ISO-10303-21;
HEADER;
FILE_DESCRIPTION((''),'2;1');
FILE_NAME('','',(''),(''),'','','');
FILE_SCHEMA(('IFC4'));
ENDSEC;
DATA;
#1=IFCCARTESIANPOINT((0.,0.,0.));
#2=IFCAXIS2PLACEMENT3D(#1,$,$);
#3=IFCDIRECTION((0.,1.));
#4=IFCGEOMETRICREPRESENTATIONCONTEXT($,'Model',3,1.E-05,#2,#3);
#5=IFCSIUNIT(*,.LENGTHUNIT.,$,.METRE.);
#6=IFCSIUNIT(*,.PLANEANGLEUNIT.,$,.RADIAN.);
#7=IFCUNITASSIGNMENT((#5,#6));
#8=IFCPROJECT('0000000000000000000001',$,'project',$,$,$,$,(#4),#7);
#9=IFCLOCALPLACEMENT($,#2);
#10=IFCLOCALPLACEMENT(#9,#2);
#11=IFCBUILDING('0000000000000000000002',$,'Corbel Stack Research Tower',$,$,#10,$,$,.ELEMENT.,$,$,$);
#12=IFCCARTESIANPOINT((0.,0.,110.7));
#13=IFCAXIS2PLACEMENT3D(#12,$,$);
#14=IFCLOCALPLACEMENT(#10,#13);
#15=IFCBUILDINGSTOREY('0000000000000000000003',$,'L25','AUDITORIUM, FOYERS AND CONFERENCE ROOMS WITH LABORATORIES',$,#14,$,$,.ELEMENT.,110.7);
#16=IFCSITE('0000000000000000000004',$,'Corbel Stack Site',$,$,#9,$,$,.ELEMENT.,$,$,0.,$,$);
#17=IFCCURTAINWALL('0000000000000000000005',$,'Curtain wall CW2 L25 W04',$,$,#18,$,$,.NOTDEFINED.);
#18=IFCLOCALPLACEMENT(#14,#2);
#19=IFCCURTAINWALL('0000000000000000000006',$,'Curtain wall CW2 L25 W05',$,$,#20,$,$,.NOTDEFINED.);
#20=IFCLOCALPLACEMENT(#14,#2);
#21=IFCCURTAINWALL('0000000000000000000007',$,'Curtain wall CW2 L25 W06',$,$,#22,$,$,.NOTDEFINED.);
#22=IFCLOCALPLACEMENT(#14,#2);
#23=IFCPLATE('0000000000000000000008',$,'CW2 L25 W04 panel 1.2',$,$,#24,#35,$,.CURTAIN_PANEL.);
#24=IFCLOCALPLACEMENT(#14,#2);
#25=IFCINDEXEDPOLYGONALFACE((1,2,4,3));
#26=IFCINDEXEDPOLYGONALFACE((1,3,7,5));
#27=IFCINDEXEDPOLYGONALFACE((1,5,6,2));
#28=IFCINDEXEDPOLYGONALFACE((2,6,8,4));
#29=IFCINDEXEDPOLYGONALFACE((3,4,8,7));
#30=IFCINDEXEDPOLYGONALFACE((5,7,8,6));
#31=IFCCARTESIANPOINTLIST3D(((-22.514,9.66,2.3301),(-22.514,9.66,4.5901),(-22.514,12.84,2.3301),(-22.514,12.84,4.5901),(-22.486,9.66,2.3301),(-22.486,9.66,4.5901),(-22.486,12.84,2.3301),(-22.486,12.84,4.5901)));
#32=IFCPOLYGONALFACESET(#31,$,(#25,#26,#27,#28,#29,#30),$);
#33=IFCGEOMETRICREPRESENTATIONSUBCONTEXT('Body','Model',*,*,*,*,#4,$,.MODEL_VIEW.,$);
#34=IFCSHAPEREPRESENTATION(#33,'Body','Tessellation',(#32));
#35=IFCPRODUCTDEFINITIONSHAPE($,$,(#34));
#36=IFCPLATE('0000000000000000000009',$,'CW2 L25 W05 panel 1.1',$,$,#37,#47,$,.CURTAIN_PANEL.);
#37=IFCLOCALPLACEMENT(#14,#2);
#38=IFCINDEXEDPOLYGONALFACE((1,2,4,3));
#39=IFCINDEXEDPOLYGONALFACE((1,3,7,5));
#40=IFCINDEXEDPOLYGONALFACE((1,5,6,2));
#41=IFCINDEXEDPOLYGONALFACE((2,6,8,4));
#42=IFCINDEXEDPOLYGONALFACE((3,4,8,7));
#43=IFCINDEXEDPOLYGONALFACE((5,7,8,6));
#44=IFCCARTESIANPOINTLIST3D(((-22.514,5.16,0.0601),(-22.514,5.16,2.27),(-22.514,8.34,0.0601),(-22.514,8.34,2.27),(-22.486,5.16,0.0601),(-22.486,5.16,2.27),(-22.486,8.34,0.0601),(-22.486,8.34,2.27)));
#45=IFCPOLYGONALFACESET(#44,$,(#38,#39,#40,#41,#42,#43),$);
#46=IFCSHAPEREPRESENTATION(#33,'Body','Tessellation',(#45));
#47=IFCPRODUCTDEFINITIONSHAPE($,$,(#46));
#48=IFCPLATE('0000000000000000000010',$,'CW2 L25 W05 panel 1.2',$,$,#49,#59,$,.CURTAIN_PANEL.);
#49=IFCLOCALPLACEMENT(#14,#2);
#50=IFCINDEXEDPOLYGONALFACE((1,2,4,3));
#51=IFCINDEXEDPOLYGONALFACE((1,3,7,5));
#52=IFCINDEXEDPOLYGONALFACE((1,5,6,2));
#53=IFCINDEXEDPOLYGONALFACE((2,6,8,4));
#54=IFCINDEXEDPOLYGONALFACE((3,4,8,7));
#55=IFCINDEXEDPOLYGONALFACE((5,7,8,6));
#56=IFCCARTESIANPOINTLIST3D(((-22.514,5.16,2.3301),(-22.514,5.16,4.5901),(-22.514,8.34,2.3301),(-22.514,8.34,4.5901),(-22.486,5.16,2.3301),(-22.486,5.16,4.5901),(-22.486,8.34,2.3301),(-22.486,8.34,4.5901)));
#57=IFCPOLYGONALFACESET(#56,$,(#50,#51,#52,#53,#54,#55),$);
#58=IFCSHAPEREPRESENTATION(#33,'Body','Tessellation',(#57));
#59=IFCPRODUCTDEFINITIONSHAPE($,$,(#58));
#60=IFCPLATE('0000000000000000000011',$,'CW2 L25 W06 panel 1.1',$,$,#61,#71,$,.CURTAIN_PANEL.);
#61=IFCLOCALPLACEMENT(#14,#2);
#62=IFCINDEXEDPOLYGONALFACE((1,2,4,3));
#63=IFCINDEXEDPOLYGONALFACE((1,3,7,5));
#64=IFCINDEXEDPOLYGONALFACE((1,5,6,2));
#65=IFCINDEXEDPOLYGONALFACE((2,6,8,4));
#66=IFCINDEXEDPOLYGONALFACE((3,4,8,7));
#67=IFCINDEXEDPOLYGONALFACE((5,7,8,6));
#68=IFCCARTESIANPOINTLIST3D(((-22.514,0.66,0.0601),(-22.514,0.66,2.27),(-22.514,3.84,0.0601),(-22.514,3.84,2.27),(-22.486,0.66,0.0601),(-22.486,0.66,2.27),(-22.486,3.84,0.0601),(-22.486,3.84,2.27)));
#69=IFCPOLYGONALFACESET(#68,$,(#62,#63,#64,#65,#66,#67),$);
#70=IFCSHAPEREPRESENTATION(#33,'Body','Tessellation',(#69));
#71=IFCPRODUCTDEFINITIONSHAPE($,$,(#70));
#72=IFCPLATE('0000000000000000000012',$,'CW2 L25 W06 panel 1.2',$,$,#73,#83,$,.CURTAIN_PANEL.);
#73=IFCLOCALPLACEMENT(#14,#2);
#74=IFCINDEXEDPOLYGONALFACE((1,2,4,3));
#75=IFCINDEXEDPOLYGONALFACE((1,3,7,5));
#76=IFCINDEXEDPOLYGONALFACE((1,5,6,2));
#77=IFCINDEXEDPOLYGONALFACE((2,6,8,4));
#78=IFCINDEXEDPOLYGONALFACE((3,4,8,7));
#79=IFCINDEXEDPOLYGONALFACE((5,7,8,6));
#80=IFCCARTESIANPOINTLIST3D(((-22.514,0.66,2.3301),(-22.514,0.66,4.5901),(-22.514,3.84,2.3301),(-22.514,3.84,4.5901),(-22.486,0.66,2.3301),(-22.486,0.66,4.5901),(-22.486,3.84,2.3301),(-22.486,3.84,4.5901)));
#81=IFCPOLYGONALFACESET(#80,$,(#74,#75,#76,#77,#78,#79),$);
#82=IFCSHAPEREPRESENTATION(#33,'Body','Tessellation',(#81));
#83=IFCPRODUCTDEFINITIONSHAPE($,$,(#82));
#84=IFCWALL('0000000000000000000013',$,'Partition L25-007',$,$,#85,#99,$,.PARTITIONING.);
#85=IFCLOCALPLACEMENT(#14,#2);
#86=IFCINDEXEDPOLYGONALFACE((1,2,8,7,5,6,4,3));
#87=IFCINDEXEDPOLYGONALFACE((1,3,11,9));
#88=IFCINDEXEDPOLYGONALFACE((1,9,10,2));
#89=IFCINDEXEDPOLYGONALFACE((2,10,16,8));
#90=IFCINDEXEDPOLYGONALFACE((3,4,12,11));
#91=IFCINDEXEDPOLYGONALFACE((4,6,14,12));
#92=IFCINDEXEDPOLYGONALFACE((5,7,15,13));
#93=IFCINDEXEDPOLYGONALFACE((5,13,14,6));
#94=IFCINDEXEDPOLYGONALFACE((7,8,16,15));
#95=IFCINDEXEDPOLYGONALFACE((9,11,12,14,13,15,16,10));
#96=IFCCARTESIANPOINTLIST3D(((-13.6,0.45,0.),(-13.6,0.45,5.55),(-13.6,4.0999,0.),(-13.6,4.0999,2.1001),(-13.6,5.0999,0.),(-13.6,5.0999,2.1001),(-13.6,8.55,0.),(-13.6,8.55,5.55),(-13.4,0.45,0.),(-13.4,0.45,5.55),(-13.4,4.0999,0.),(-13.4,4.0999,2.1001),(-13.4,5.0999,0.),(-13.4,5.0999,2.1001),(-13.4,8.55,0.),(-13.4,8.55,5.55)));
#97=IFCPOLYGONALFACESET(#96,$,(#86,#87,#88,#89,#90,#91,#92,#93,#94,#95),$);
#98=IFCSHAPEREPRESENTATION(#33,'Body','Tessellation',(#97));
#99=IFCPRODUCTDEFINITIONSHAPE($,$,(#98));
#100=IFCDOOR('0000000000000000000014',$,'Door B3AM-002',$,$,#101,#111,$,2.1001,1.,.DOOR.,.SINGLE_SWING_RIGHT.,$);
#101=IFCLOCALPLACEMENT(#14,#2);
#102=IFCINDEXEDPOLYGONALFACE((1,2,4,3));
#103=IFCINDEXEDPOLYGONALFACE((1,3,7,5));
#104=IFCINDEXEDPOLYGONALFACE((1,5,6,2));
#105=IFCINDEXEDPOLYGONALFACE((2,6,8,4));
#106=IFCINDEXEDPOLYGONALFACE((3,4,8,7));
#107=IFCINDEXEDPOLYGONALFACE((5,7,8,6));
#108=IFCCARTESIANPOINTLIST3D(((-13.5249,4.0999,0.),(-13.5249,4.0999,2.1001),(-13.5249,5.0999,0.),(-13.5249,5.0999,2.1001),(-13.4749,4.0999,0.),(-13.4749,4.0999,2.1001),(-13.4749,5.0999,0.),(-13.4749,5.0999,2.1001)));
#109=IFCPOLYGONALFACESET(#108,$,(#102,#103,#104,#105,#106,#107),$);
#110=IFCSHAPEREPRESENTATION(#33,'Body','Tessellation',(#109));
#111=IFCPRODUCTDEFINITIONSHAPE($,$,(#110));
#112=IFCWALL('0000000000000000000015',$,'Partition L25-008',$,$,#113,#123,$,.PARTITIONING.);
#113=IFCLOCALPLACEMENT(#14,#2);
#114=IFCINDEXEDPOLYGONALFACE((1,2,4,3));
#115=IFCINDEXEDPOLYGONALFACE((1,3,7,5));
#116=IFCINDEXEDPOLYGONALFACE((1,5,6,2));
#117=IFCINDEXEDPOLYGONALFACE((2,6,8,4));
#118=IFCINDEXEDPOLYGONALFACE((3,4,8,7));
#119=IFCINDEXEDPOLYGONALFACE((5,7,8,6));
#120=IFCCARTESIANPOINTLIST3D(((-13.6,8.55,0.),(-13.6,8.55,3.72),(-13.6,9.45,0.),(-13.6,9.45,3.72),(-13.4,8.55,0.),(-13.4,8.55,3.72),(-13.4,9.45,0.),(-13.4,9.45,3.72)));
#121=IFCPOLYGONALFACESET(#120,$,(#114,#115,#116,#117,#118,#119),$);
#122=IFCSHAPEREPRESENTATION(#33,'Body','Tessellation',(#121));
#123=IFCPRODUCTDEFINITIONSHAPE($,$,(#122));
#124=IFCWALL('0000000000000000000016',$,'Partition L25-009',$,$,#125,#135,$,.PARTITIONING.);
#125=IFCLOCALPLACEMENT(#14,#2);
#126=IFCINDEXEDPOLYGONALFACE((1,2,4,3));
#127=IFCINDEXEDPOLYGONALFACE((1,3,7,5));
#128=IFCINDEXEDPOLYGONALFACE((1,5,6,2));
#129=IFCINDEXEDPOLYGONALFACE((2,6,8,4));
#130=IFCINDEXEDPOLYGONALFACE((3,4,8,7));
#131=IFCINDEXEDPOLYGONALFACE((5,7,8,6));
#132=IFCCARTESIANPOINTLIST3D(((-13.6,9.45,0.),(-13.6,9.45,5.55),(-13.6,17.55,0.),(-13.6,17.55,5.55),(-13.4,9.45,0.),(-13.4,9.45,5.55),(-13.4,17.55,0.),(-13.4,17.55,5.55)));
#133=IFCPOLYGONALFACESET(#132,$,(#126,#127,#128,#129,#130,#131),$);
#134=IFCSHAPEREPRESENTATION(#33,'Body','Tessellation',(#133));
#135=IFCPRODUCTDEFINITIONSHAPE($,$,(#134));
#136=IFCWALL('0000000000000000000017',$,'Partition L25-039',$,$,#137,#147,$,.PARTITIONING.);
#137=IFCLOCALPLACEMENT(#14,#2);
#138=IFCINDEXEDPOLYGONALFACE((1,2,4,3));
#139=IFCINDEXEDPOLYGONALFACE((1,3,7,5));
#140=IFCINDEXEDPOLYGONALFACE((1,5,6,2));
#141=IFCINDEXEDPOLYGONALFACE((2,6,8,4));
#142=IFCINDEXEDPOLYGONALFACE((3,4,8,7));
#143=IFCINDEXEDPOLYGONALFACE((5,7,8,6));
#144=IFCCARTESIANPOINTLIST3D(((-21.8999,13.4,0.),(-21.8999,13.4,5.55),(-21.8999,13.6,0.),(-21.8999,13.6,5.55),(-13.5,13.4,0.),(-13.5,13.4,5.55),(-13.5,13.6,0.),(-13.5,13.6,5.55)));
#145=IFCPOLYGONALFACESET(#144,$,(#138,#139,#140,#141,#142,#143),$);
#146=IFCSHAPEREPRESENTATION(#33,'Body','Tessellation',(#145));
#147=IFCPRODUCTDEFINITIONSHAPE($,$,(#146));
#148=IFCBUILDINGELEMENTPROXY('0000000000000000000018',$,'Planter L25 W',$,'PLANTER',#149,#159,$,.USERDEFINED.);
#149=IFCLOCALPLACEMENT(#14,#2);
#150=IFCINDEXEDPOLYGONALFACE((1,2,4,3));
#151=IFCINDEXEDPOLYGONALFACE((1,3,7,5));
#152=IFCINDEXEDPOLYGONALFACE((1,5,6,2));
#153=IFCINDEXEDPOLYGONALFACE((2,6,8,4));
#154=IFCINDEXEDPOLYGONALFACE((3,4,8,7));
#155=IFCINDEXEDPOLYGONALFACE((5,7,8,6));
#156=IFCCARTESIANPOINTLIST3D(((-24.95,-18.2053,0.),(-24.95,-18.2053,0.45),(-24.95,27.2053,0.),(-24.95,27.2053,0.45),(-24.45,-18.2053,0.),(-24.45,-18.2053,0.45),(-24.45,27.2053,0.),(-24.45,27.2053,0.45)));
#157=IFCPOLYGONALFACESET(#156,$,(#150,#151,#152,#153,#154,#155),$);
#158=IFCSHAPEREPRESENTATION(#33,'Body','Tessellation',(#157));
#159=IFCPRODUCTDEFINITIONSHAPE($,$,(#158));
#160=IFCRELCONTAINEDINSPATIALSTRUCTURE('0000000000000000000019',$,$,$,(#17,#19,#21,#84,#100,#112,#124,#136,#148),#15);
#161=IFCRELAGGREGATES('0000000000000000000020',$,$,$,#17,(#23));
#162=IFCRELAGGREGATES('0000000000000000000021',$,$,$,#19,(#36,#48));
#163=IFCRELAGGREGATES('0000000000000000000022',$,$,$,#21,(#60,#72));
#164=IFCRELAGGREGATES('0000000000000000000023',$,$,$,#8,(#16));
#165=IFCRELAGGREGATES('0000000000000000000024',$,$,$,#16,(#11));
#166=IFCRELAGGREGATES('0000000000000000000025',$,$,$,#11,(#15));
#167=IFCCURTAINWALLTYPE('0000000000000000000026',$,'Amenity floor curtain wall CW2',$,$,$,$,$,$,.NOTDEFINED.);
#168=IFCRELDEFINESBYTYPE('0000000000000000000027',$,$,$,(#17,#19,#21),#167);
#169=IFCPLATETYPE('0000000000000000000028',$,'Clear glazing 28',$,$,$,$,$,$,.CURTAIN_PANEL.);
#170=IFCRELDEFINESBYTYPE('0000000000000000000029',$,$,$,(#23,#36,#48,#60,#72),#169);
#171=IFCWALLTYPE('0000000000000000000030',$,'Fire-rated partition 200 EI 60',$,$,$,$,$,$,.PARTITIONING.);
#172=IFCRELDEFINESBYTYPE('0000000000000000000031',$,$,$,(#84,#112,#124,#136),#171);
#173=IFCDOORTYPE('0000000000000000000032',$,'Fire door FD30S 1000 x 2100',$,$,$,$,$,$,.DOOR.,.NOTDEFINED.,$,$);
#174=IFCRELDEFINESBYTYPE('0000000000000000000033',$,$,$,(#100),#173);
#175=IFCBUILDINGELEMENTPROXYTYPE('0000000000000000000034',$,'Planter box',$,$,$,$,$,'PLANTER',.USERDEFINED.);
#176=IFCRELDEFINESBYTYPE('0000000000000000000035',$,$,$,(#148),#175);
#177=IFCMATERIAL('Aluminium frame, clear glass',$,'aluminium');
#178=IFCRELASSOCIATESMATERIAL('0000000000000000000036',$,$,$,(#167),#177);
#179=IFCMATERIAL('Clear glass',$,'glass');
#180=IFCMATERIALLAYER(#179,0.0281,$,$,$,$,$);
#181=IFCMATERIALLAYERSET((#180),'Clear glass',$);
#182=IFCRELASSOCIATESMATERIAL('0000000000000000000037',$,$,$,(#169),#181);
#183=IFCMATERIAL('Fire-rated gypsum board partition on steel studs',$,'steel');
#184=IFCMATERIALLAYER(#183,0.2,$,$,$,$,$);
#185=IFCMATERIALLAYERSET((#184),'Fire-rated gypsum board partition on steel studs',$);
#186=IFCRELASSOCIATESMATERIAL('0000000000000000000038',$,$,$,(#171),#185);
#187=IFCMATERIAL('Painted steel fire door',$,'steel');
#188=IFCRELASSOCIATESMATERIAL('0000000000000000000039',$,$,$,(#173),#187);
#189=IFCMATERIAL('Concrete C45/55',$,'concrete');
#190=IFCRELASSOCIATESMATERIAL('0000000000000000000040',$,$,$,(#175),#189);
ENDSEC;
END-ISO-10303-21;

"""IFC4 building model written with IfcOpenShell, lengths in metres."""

from ifc_helpers import new_model, si_unit, direction, frame, frame_2d, origin, origin_2d, place, context, subcontext, project, spatial, rectangle, extrude, material, layer, layer_set, type_object, element, fill, aggregate, save


model = new_model("IFC4")

# Units and contexts
model_context = context("Model", 3, precision=1e-05, world=origin(), true_north=direction((0.0, 1.0)))
body_context = subcontext(model_context, "Body", "Model", "MODEL_VIEW")
ifc_project = project(units=[si_unit("LENGTHUNIT", "METRE"), si_unit("PLANEANGLEUNIT", "RADIAN")], contexts=[model_context])

# Site, building, storey
site_placement = place(None, origin())
site = spatial("IfcSite", under=ifc_project, at=site_placement, Name="Corbel Stack Site", CompositionType="ELEMENT", RefElevation=0.0)
building_placement = place(site_placement, origin())
building = spatial("IfcBuilding", under=site, at=building_placement, Name="Corbel Stack Research Tower", CompositionType="ELEMENT")
storey_placement = place(building_placement, frame((0.0, 0.0, 110.7)))
storey = spatial("IfcBuildingStorey", under=building, at=storey_placement, Name="L25", Description="AUDITORIUM, FOYERS AND CONFERENCE ROOMS WITH LABORATORIES", CompositionType="ELEMENT", Elevation=110.7)

# Shared definitions
ifc_material_1 = material(Name="Aluminium frame, clear glass", Category="aluminium")
curtain_wall_type = type_object("IfcCurtainWallType", Name="Amenity floor curtain wall CW2", PredefinedType="NOTDEFINED", material=ifc_material_1)

# Curtain walls
curtain_wall_1_placement = place(storey_placement, origin())
curtain_wall_1 = element("IfcCurtainWall", 1, at=curtain_wall_1_placement, inside=storey, type_object=curtain_wall_type, Name="Curtain wall CW2 L25 W04", PredefinedType="NOTDEFINED")
curtain_wall_2_placement = place(storey_placement, origin())
curtain_wall_2 = element("IfcCurtainWall", 2, at=curtain_wall_2_placement, inside=storey, type_object=curtain_wall_type, Name="Curtain wall CW2 L25 W05", PredefinedType="NOTDEFINED")
curtain_wall_3_placement = place(storey_placement, origin())
curtain_wall_3 = element("IfcCurtainWall", 3, at=curtain_wall_3_placement, inside=storey, type_object=curtain_wall_type, Name="Curtain wall CW2 L25 W06", PredefinedType="NOTDEFINED")

# Plates
ifc_material_2 = material(Name="Clear glass", Category="glass")
ifc_layer_1 = layer(ifc_material_2, 0.0281)
ifc_layer_set_1 = layer_set([ifc_layer_1], Name="Clear glass")
plate_type = type_object("IfcPlateType", Name="Clear glazing 28", PredefinedType="CURTAIN_PANEL", material=ifc_layer_set_1)
plate_1_placement = place(storey_placement, frame((-22.5, 11.25, 2.3301), z_axis=(0.0, 0.0, 1.0), x_axis=(0.0, -1.0, 0.0)))
plate_1 = element("IfcPlate", 4, at=plate_1_placement, type_object=plate_type, Name="CW2 L25 W04 panel 1.2", PredefinedType="CURTAIN_PANEL", context=body_context, shape_type="SweptSolid", body=[
    extrude(rectangle(XDim=3.1799, YDim=0.0281, at=origin_2d()), origin(), (0.0, 0.0, 1.0), 2.26),
])
aggregate(curtain_wall_1, [plate_1])
plate_2_placement = place(storey_placement, frame((-22.5, 6.75, 0.0601), z_axis=(0.0, 0.0, 1.0), x_axis=(0.0, -1.0, 0.0)))
plate_2 = element("IfcPlate", 5, at=plate_2_placement, type_object=plate_type, Name="CW2 L25 W05 panel 1.1", PredefinedType="CURTAIN_PANEL", context=body_context, shape_type="SweptSolid", body=[
    extrude(rectangle(XDim=3.1799, YDim=0.0281, at=origin_2d()), origin(), (0.0, 0.0, 1.0), 2.21),
])
plate_3_placement = place(storey_placement, frame((-22.5, 6.75, 2.3301), z_axis=(0.0, 0.0, 1.0), x_axis=(0.0, -1.0, 0.0)))
plate_3 = element("IfcPlate", 6, at=plate_3_placement, type_object=plate_type, Name="CW2 L25 W05 panel 1.2", PredefinedType="CURTAIN_PANEL", context=body_context, shape_type="SweptSolid", body=[
    extrude(rectangle(XDim=3.1799, YDim=0.0281, at=origin_2d()), origin(), (0.0, 0.0, 1.0), 2.26),
])
aggregate(curtain_wall_2, [plate_2, plate_3])
plate_4_placement = place(storey_placement, frame((-22.5, 2.25, 0.0601), z_axis=(0.0, 0.0, 1.0), x_axis=(0.0, -1.0, 0.0)))
plate_4 = element("IfcPlate", 7, at=plate_4_placement, type_object=plate_type, Name="CW2 L25 W06 panel 1.1", PredefinedType="CURTAIN_PANEL", context=body_context, shape_type="SweptSolid", body=[
    extrude(rectangle(XDim=3.1799, YDim=0.0281, at=origin_2d()), origin(), (0.0, 0.0, 1.0), 2.21),
])
plate_5_placement = place(storey_placement, frame((-22.5, 2.25, 2.3301), z_axis=(0.0, 0.0, 1.0), x_axis=(0.0, -1.0, 0.0)))
plate_5 = element("IfcPlate", 8, at=plate_5_placement, type_object=plate_type, Name="CW2 L25 W06 panel 1.2", PredefinedType="CURTAIN_PANEL", context=body_context, shape_type="SweptSolid", body=[
    extrude(rectangle(XDim=3.1799, YDim=0.0281, at=origin_2d()), origin(), (0.0, 0.0, 1.0), 2.26),
])
aggregate(curtain_wall_3, [plate_4, plate_5])

# Wall, opening, door
ifc_material_3 = material(Name="Fire-rated gypsum board partition on steel studs", Category="steel")
ifc_layer_2 = layer(ifc_material_3, 0.2)
ifc_layer_set_2 = layer_set([ifc_layer_2], Name="Fire-rated gypsum board partition on steel studs")
wall_type = type_object("IfcWallType", Name="Fire-rated partition 200 EI 60", PredefinedType="PARTITIONING", material=ifc_layer_set_2)
wall_1_placement = place(storey_placement, frame((-13.5, 0.45, 0.0), z_axis=(0.0, 0.0, 1.0), x_axis=(0.0, 1.0, 0.0)))
wall_1 = element("IfcWall", 9, at=wall_1_placement, inside=storey, type_object=wall_type, Name="Partition L25-007", PredefinedType="PARTITIONING", context=body_context, shape_type="SweptSolid", body=[
    extrude(rectangle(XDim=8.1001, YDim=0.2, at=frame_2d((4.05, 0.0))), origin(), (0.0, 0.0, 1.0), 5.55),
])
opening_placement = place(wall_1_placement, frame((3.6499, 0.0, 0.0)))
opening = element("IfcOpeningElement", 10, at=opening_placement, cuts=wall_1, PredefinedType="OPENING", context=body_context, shape_type="SweptSolid", body=[
    extrude(rectangle(XDim=1.0, YDim=2.1001, at=frame_2d((0.5, 1.05))), frame((0.0, 0.1099, 0.0), z_axis=(0.0, -1.0, 0.0), x_axis=(1.0, 0.0, 0.0)), (0.0, 0.0, 1.0), 0.22),
])
ifc_material_4 = material(Name="Painted steel fire door", Category="steel")
door_type = type_object("IfcDoorType", Name="Fire door FD30S 1000 x 2100", OperationType="NOTDEFINED", PredefinedType="DOOR", material=ifc_material_4)
door_placement = place(opening_placement, origin())
door = element("IfcDoor", 11, at=door_placement, inside=storey, type_object=door_type, Name="Door B3AM-002", OperationType="SINGLE_SWING_RIGHT", OverallHeight=2.1001, OverallWidth=1.0, PredefinedType="DOOR", context=body_context, shape_type="SweptSolid", body=[
    extrude(rectangle(XDim=1.0, YDim=2.1001, at=frame_2d((0.5, 1.05))), frame((0.0, 0.0249, 0.0), z_axis=(0.0, -1.0, 0.0), x_axis=(1.0, 0.0, 0.0)), (0.0, 0.0, 1.0), 0.05),
])
fill(opening, door)

# Walls
wall_2_placement = place(storey_placement, frame((-13.5, 8.55, 0.0), z_axis=(0.0, 0.0, 1.0), x_axis=(0.0, 1.0, 0.0)))
element("IfcWall", 12, at=wall_2_placement, inside=storey, type_object=wall_type, Name="Partition L25-008", PredefinedType="PARTITIONING", context=body_context, shape_type="SweptSolid", body=[
    extrude(rectangle(XDim=0.8999, YDim=0.2, at=frame_2d((0.45, 0.0))), origin(), (0.0, 0.0, 1.0), 3.72),
])
wall_3_placement = place(storey_placement, frame((-13.5, 9.45, 0.0), z_axis=(0.0, 0.0, 1.0), x_axis=(0.0, 1.0, 0.0)))
element("IfcWall", 13, at=wall_3_placement, inside=storey, type_object=wall_type, Name="Partition L25-009", PredefinedType="PARTITIONING", context=body_context, shape_type="SweptSolid", body=[
    extrude(rectangle(XDim=8.1001, YDim=0.2, at=frame_2d((4.05, 0.0))), origin(), (0.0, 0.0, 1.0), 5.55),
])
wall_4_placement = place(storey_placement, frame((-21.8999, 13.5, 0.0), z_axis=(0.0, 0.0, 1.0), x_axis=(1.0, 0.0, 0.0)))
element("IfcWall", 14, at=wall_4_placement, inside=storey, type_object=wall_type, Name="Partition L25-039", PredefinedType="PARTITIONING", context=body_context, shape_type="SweptSolid", body=[
    extrude(rectangle(XDim=8.3999, YDim=0.2, at=frame_2d((4.2, 0.0))), origin(), (0.0, 0.0, 1.0), 5.55),
])

# Building element proxy
ifc_material_5 = material(Name="Concrete C45/55", Category="concrete")
building_element_proxy_type = type_object("IfcBuildingElementProxyType", Name="Planter box", ElementType="PLANTER", PredefinedType="USERDEFINED", material=ifc_material_5)
proxy_placement = place(storey_placement, frame((-24.7, 4.5, 0.0), z_axis=(0.0, 0.0, 1.0), x_axis=(0.0, -1.0, 0.0)))
element("IfcBuildingElementProxy", 15, at=proxy_placement, inside=storey, type_object=building_element_proxy_type, Name="Planter L25 W", ObjectType="PLANTER", PredefinedType="USERDEFINED", context=body_context, shape_type="SweptSolid", body=[
    extrude(rectangle(XDim=45.4106, YDim=0.5, at=origin_2d()), origin(), (0.0, 0.0, 1.0), 0.45),
])

save(model, "model.ifc")
